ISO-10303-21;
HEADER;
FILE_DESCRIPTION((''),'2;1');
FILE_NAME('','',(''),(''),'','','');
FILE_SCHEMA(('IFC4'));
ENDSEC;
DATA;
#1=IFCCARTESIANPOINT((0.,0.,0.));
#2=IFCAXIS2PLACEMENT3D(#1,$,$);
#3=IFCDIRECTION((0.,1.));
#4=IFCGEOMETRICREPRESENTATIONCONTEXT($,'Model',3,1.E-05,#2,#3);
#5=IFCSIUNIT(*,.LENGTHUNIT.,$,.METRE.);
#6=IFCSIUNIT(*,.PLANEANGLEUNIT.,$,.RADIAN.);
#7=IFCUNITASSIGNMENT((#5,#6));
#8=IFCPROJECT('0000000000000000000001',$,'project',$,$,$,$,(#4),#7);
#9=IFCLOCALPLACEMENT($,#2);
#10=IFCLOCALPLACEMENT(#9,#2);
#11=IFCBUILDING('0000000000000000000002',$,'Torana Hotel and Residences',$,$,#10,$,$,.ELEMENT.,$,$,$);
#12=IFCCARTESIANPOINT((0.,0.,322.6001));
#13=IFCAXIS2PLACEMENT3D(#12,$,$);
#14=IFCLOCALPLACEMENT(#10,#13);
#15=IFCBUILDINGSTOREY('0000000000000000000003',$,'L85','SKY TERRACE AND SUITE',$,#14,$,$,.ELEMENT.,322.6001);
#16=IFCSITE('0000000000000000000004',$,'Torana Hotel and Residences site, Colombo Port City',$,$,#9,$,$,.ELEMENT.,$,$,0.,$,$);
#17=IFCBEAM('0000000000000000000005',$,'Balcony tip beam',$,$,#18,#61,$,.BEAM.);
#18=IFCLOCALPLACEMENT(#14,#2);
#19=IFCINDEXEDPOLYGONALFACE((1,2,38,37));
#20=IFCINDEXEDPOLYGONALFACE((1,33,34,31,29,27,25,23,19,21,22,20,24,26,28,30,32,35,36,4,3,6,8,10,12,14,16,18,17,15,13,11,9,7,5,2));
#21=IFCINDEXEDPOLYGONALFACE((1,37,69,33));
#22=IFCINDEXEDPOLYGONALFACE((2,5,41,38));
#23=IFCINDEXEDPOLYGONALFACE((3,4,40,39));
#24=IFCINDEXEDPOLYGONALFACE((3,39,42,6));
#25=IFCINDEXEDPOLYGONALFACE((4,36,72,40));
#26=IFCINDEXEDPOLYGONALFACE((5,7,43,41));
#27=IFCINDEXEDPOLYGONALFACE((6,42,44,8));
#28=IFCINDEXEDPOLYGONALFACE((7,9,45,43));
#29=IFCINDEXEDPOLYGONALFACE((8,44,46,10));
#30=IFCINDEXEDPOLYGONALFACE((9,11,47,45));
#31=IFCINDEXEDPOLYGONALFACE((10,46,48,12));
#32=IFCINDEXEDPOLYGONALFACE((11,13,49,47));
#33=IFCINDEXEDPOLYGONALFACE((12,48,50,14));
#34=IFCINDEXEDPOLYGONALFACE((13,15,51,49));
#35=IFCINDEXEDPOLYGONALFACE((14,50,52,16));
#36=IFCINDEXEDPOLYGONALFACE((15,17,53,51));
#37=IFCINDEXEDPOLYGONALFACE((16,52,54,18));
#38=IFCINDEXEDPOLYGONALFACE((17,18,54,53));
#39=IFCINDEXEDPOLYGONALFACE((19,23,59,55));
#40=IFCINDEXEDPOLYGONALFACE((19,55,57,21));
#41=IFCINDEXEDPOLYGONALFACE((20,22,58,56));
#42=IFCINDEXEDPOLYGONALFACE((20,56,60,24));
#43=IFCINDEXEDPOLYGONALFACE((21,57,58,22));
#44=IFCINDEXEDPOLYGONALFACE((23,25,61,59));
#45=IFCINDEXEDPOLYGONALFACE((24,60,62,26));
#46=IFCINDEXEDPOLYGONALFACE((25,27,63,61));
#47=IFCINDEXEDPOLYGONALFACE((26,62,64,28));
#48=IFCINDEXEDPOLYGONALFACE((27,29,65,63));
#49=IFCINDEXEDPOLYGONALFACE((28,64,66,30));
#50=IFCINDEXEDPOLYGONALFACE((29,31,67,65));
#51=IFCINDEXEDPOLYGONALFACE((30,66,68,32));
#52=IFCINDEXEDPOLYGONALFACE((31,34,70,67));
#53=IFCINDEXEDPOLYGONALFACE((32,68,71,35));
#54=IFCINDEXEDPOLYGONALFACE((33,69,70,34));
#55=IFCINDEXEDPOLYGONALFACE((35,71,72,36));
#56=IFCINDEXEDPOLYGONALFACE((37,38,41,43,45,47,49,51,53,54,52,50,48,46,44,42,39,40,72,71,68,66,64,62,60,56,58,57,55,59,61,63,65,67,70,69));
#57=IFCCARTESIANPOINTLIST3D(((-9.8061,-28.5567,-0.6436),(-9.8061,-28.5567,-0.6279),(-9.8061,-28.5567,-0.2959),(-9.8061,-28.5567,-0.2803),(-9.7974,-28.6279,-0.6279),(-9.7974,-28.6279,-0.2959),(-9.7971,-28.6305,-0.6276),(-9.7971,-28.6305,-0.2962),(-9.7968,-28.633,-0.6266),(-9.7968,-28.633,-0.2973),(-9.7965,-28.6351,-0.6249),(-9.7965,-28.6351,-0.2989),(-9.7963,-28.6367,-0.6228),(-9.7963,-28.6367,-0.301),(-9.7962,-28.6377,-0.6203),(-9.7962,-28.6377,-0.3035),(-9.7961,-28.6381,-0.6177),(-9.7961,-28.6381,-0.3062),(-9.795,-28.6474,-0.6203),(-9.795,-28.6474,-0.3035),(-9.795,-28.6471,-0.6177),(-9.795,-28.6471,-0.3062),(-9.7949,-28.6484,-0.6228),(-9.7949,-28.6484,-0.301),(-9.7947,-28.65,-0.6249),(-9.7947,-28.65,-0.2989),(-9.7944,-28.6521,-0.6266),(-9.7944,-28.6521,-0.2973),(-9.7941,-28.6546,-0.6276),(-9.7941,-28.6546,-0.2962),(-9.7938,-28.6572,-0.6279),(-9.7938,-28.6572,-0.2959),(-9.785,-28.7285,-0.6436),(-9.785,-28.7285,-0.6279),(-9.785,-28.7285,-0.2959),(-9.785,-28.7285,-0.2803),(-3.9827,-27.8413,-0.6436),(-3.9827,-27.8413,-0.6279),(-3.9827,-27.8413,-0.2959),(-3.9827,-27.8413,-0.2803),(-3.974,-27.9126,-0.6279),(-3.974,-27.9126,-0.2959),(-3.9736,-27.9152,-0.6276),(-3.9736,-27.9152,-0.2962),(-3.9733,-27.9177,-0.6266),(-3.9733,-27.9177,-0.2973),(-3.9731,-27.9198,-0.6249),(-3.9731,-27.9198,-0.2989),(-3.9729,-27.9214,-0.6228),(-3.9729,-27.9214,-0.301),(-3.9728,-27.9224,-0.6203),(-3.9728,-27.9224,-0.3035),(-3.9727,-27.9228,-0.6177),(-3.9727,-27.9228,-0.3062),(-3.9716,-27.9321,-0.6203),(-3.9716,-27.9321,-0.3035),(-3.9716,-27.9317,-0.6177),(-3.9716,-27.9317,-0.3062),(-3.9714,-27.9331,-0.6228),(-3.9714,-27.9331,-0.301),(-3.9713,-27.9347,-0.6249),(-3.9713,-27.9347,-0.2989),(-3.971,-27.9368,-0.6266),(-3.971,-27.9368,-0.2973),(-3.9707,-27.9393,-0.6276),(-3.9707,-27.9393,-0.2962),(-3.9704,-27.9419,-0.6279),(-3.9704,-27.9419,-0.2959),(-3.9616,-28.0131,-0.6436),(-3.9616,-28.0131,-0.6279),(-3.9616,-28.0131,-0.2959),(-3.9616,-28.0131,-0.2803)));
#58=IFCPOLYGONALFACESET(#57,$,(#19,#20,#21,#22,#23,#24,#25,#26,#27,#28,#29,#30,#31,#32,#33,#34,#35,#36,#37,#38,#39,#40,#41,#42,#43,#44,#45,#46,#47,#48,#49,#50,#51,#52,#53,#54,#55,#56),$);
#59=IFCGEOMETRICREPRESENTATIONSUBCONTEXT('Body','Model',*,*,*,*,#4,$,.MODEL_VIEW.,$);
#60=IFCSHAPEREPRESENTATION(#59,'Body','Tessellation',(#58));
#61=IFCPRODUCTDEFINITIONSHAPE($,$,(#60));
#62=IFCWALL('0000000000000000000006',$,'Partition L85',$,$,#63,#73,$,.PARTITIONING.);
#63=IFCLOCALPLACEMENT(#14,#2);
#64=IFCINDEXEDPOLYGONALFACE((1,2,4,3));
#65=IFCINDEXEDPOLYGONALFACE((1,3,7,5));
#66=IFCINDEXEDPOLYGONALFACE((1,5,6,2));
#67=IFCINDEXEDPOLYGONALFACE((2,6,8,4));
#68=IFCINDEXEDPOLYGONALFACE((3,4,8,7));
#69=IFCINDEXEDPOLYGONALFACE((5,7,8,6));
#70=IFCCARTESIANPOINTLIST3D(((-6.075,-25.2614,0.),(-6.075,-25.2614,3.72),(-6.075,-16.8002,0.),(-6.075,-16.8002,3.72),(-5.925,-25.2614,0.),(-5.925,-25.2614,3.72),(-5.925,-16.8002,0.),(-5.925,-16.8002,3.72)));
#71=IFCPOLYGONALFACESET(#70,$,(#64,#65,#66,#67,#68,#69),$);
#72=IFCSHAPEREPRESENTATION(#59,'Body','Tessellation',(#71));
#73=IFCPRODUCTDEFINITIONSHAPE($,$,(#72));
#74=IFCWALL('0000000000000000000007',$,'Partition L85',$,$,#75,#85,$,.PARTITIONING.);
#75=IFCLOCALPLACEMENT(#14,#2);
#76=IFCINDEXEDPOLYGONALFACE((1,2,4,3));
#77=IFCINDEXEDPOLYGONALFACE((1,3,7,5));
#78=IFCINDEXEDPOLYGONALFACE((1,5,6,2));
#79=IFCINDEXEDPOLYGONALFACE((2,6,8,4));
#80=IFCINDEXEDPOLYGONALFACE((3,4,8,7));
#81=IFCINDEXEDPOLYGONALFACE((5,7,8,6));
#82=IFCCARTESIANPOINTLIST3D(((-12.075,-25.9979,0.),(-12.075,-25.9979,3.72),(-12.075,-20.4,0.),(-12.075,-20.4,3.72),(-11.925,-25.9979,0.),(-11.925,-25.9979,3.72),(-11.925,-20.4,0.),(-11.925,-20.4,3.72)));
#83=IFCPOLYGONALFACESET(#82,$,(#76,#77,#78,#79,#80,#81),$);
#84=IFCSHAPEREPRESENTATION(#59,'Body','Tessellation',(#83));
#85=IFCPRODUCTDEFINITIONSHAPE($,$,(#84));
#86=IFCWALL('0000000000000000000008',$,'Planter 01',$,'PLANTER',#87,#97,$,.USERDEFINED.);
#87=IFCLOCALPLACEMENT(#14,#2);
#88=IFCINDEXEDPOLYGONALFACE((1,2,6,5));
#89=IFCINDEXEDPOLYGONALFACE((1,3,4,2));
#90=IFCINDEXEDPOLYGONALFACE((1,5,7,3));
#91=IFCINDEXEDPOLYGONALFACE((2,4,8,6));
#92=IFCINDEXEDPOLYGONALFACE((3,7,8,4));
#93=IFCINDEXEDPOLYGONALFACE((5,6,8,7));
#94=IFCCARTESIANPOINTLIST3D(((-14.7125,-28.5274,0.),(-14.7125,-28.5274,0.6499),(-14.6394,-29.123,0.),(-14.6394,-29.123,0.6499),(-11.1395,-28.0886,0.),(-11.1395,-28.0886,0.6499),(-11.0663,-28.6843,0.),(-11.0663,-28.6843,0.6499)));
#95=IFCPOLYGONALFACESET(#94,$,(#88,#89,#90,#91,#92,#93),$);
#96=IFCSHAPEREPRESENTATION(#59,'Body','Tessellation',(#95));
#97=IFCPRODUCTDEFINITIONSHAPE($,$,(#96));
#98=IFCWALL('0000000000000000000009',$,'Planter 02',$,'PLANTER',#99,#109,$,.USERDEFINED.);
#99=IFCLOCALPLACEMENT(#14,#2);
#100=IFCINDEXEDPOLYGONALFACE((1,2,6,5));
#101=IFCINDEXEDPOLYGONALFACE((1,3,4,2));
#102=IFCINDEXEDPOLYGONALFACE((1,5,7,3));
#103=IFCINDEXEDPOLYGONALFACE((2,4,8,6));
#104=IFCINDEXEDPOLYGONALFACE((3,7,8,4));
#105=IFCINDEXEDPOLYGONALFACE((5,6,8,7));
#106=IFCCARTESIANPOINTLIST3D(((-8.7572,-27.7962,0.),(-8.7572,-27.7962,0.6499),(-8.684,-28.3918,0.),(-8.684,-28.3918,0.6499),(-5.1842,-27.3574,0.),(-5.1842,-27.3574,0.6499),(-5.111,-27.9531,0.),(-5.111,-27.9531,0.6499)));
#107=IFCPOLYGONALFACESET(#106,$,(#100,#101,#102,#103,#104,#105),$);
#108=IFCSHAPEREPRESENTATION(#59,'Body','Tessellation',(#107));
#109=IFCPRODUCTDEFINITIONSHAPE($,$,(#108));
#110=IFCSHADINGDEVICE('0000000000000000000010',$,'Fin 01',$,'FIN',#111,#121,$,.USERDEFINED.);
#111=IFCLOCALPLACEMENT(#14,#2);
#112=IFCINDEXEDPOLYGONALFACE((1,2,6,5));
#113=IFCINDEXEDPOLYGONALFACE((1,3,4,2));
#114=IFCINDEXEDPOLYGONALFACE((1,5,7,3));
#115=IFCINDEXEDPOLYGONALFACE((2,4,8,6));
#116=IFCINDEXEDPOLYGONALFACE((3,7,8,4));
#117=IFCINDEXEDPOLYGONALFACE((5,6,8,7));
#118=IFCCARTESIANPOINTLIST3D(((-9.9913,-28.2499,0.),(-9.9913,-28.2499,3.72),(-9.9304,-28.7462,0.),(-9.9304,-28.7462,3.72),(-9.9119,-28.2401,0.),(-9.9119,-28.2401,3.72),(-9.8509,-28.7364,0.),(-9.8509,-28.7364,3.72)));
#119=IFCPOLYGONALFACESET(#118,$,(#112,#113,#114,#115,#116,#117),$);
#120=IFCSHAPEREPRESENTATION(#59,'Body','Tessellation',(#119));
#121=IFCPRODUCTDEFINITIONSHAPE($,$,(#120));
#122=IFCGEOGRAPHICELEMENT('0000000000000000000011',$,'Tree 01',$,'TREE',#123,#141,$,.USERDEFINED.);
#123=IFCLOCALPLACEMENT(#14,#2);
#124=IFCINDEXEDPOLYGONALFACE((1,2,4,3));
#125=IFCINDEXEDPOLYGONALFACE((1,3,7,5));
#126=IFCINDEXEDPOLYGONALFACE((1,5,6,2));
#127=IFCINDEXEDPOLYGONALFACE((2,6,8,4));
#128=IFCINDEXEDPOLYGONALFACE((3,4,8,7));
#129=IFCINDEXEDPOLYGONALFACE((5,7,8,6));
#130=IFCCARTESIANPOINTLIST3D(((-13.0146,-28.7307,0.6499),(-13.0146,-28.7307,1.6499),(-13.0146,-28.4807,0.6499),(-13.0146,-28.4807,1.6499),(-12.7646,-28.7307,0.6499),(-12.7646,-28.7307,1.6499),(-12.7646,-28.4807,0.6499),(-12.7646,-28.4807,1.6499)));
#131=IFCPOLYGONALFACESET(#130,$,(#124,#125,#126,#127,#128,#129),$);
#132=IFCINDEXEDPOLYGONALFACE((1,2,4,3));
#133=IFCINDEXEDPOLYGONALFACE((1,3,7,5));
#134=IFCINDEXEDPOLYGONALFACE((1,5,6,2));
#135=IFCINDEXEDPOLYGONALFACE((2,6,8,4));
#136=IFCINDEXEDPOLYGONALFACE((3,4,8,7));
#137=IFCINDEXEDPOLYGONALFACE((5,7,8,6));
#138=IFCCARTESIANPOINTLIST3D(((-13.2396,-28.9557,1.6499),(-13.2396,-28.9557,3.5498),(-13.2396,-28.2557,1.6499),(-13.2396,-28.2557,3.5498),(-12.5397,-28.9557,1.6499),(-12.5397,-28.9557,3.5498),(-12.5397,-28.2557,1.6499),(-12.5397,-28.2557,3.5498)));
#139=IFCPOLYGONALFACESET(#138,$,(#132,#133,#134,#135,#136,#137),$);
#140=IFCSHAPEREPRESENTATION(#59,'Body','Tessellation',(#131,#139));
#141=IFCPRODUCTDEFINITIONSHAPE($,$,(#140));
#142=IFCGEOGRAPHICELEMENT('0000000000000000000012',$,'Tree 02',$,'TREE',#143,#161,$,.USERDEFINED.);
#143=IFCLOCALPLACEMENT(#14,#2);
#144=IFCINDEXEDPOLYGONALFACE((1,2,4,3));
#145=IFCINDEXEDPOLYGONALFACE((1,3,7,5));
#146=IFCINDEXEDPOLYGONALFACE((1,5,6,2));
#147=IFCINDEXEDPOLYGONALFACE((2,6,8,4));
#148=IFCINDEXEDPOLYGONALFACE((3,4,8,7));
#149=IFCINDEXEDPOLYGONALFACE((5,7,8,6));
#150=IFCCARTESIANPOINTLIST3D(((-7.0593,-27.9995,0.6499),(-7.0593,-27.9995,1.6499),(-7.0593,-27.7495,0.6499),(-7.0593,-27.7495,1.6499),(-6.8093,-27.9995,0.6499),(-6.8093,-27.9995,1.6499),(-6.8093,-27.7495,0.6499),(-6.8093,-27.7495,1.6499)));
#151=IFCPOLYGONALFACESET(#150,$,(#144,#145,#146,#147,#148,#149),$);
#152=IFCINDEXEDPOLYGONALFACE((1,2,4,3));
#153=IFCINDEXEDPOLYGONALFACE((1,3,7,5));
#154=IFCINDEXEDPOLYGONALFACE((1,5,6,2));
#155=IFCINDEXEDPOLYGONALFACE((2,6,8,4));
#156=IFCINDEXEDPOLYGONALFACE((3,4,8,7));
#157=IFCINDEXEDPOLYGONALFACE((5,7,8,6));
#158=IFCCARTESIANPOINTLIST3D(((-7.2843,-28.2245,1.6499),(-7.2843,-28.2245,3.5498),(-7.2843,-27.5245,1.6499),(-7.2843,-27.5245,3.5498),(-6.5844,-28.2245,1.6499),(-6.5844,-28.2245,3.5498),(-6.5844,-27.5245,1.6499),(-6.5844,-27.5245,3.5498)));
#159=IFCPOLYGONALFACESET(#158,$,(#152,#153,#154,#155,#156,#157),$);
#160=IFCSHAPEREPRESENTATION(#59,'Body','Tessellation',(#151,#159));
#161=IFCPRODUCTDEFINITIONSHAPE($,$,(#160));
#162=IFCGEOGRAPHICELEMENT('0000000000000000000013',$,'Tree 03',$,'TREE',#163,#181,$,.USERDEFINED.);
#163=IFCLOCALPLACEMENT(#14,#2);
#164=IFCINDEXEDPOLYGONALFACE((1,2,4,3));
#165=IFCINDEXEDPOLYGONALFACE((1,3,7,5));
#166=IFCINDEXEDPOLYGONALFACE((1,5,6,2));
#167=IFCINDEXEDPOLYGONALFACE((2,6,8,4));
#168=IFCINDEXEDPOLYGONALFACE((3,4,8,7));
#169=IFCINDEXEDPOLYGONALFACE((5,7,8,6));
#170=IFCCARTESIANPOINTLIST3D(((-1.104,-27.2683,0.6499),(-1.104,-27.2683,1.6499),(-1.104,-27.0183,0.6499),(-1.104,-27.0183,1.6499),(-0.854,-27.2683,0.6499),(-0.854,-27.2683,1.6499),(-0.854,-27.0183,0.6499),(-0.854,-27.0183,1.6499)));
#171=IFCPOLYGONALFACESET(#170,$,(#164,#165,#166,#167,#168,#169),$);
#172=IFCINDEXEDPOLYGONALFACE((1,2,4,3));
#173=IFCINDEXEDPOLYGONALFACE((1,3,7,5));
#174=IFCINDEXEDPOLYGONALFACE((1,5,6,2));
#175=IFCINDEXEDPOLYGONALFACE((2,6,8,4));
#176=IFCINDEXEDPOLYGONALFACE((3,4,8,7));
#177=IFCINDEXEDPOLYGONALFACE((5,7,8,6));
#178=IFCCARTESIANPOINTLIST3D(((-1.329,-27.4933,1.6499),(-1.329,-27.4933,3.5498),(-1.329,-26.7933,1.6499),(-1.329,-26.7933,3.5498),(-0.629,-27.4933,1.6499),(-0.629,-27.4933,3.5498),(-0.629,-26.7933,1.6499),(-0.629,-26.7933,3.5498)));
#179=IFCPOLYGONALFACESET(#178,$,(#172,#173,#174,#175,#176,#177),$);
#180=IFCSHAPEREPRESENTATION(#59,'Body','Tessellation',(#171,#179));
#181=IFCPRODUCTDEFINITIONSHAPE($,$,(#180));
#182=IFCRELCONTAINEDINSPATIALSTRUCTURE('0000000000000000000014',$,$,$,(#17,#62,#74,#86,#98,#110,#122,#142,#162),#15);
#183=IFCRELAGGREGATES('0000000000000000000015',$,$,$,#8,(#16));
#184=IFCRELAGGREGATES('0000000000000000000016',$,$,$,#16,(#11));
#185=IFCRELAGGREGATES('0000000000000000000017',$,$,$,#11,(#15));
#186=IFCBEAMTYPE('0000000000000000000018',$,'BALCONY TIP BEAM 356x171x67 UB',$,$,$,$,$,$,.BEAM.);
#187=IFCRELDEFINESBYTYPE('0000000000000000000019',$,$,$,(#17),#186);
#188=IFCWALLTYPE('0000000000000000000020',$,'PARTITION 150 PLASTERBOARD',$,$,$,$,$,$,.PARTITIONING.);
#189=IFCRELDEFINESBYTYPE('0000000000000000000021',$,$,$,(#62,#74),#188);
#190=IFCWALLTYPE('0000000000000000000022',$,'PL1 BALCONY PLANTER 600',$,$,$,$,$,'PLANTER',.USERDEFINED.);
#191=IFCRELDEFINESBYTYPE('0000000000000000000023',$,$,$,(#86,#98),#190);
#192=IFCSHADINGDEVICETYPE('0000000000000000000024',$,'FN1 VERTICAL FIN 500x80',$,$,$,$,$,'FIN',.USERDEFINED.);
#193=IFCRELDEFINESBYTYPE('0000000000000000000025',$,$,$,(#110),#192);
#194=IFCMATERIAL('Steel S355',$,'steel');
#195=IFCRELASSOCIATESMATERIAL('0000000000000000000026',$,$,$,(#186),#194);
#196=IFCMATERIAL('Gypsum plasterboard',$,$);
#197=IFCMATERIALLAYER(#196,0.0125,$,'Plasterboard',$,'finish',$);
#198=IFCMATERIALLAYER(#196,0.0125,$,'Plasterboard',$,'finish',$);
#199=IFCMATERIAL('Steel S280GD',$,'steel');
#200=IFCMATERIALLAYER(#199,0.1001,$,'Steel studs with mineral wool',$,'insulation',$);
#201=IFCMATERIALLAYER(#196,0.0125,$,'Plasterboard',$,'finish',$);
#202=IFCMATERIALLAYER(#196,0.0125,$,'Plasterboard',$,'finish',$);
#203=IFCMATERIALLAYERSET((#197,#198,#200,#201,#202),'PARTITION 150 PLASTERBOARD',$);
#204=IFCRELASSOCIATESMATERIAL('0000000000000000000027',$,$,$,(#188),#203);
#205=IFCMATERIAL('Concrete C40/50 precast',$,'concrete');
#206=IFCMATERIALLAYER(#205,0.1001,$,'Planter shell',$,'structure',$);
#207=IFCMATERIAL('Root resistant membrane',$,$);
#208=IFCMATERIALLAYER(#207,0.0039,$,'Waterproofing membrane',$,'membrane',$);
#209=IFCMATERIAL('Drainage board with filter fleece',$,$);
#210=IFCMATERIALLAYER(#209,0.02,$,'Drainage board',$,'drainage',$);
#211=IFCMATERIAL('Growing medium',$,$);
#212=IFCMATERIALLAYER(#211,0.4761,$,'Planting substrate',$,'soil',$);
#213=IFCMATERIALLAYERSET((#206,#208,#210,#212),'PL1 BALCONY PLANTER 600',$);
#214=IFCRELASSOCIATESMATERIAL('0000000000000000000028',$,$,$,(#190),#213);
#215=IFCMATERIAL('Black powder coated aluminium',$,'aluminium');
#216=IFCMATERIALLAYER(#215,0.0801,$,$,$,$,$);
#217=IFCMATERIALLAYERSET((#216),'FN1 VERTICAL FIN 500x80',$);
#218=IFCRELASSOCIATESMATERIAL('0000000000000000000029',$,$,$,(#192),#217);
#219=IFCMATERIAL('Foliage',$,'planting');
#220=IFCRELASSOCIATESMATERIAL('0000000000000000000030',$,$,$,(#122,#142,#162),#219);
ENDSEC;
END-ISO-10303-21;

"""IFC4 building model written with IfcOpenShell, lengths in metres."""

from ifc_helpers import new_model, si_unit, direction, frame, frame_2d, origin, origin_2d, place, context, subcontext, project, spatial, rectangle, i_section, extrude, material, layer, layer_set, material_profile, profile_set, type_object, element, save


model = new_model("IFC4")

# Units and contexts
model_context = context("Model", 3, precision=1e-05, world=origin(), true_north=direction((0.0, 1.0)))
body_context = subcontext(model_context, "Body", "Model", "MODEL_VIEW")
ifc_project = project(units=[si_unit("LENGTHUNIT", "METRE"), si_unit("PLANEANGLEUNIT", "RADIAN")], contexts=[model_context])

# Site, building, storey
site_placement = place(None, origin())
site = spatial("IfcSite", under=ifc_project, at=site_placement, Name="Torana Hotel and Residences site, Colombo Port City", CompositionType="ELEMENT", RefElevation=0.0)
building_placement = place(site_placement, origin())
building = spatial("IfcBuilding", under=site, at=building_placement, Name="Torana Hotel and Residences", CompositionType="ELEMENT")
storey_placement = place(building_placement, frame((0.0, 0.0, 322.6001)))
storey = spatial("IfcBuildingStorey", under=building, at=storey_placement, Name="L85", Description="SKY TERRACE AND SUITE", CompositionType="ELEMENT", Elevation=322.6001)

# Beam
ifc_material_1 = material(Name="Steel S355", Category="steel")
ifc_material_profile_1 = material_profile(ifc_material_1, i_section(OverallWidth=0.1731, OverallDepth=0.3633, WebThickness=0.009, FlangeThickness=0.0156, FilletRadius=0.0103, at=origin_2d()), Name="356x171x67 UB")
ifc_profile_set_1 = profile_set([ifc_material_profile_1], Name="Steel S355")
beam_type_1 = type_object("IfcBeamType", Name="BALCONY TIP BEAM 356x171x67 UB", PredefinedType="BEAM", material=ifc_profile_set_1)
for number, where, z_axis, x_axis, name in (
    (1, (-3.9722, -27.9272, -0.4619), (-0.99254, -0.121919, 0.0), (0.121919, -0.99254, 0.0), "Balcony tip beam"),
):
    element("IfcBeam", number, at=place(storey_placement, frame(where, z_axis=z_axis, x_axis=x_axis)), inside=storey, type_object=beam_type_1, Name=name, PredefinedType="BEAM", context=body_context, shape_type="SweptSolid", body=[
        extrude(i_section(OverallWidth=0.1731, OverallDepth=0.3633, WebThickness=0.009, FlangeThickness=0.0156, FilletRadius=0.0103, at=origin_2d()), origin(), (0.0, 0.0, 1.0), 5.8672),
    ])

# Walls
ifc_material_2 = material(Name="Gypsum plasterboard")
ifc_layer_1 = layer(ifc_material_2, 0.0125, Name="Plasterboard", Category="finish")
ifc_layer_2 = layer(ifc_material_2, 0.0125, Name="Plasterboard", Category="finish")
ifc_material_3 = material(Name="Steel S280GD", Category="steel")
ifc_layer_3 = layer(ifc_material_3, 0.1001, Name="Steel studs with mineral wool", Category="insulation")
ifc_layer_4 = layer(ifc_material_2, 0.0125, Name="Plasterboard", Category="finish")
ifc_layer_5 = layer(ifc_material_2, 0.0125, Name="Plasterboard", Category="finish")
ifc_layer_set_1 = layer_set([ifc_layer_1, ifc_layer_2, ifc_layer_3, ifc_layer_4, ifc_layer_5], Name="PARTITION 150 PLASTERBOARD")
wall_type_1 = type_object("IfcWallType", Name="PARTITION 150 PLASTERBOARD", PredefinedType="PARTITIONING", material=ifc_layer_set_1)
wall_1_placement = place(storey_placement, frame((-6.0, -25.2612, 0.0), z_axis=(0.0, 0.0, 1.0), x_axis=(0.0, 1.0, 0.0)))
element("IfcWall", 2, at=wall_1_placement, inside=storey, type_object=wall_type_1, Name="Partition L85", PredefinedType="PARTITIONING", context=body_context, shape_type="SweptSolid", body=[
    extrude(rectangle(XDim=8.4612, YDim=0.1499, at=frame_2d((4.2305, 0.0))), origin(), (0.0, 0.0, 1.0), 3.72),
])
wall_2_placement = place(storey_placement, frame((-12.0, -25.9978, 0.0), z_axis=(0.0, 0.0, 1.0), x_axis=(0.0, 1.0, 0.0)))
element("IfcWall", 3, at=wall_2_placement, inside=storey, type_object=wall_type_1, Name="Partition L85", PredefinedType="PARTITIONING", context=body_context, shape_type="SweptSolid", body=[
    extrude(rectangle(XDim=5.5979, YDim=0.1499, at=frame_2d((2.7988, 0.0))), origin(), (0.0, 0.0, 1.0), 3.72),
])
ifc_material_4 = material(Name="Concrete C40/50 precast", Category="concrete")
ifc_layer_6 = layer(ifc_material_4, 0.1001, Name="Planter shell", Category="structure")
ifc_material_5 = material(Name="Root resistant membrane")
ifc_layer_7 = layer(ifc_material_5, 0.0039, Name="Waterproofing membrane", Category="membrane")
ifc_material_6 = material(Name="Drainage board with filter fleece")
ifc_layer_8 = layer(ifc_material_6, 0.02, Name="Drainage board", Category="drainage")
ifc_material_7 = material(Name="Growing medium")
ifc_layer_9 = layer(ifc_material_7, 0.4761, Name="Planting substrate", Category="soil")
ifc_layer_set_2 = layer_set([ifc_layer_6, ifc_layer_7, ifc_layer_8, ifc_layer_9], Name="PL1 BALCONY PLANTER 600")
wall_type_2 = type_object("IfcWallType", Name="PL1 BALCONY PLANTER 600", ElementType="PLANTER", PredefinedType="USERDEFINED", material=ifc_layer_set_2)
for number, where, z_axis, x_axis, name in (
    (4, (-11.103, -28.3865, 0.0), (0.0, 0.0, 1.0), (-0.992546, -0.121873, 0.0), "Planter 01"),
    (5, (-5.1477, -27.6553, 0.0), (0.0, 0.0, 1.0), (-0.992546, -0.121873, 0.0), "Planter 02"),
):
    element("IfcWall", number, at=place(storey_placement, frame(where, z_axis=z_axis, x_axis=x_axis)), inside=storey, type_object=wall_type_2, Name=name, ObjectType="PLANTER", PredefinedType="USERDEFINED", context=body_context, shape_type="SweptSolid", body=[
        extrude(rectangle(XDim=3.5999, YDim=0.6001, at=frame_2d((1.7998, 0.0))), origin(), (0.0, 0.0, 1.0), 0.6499),
    ])

# Shading device
ifc_material_8 = material(Name="Black powder coated aluminium", Category="aluminium")
ifc_layer_10 = layer(ifc_material_8, 0.0801)
ifc_layer_set_3 = layer_set([ifc_layer_10], Name="FN1 VERTICAL FIN 500x80")
shading_device_type = type_object("IfcShadingDeviceType", Name="FN1 VERTICAL FIN 500x80", ElementType="FIN", PredefinedType="USERDEFINED", material=ifc_layer_set_3)
shading_device_placement = place(storey_placement, frame((-9.9211, -28.4932, 0.0), z_axis=(0.0, 0.0, 1.0), x_axis=(-0.992547, -0.121866, 0.0)))
element("IfcShadingDevice", 6, at=shading_device_placement, inside=storey, type_object=shading_device_type, Name="Fin 01", ObjectType="FIN", PredefinedType="USERDEFINED", context=body_context, shape_type="SweptSolid", body=[
    extrude(rectangle(XDim=0.0801, YDim=0.5, at=origin_2d()), origin(), (0.0, 0.0, 1.0), 3.72),
])

# Geographic elements
ifc_material_9 = material(Name="Foliage", Category="planting")
for number, where, z_axis, x_axis, name in (
    (7, (-12.8896, -28.6057, 0.6499), (0.0, 0.0, 1.0), (1.0, 0.0, 0.0), "Tree 01"),
    (8, (-6.9343, -27.8745, 0.6499), (0.0, 0.0, 1.0), (1.0, 0.0, 0.0), "Tree 02"),
    (9, (-0.979, -27.1433, 0.6499), (0.0, 0.0, 1.0), (1.0, 0.0, 0.0), "Tree 03"),
):
    element("IfcGeographicElement", number, at=place(storey_placement, frame(where, z_axis=z_axis, x_axis=x_axis)), inside=storey, material=ifc_material_9, Name=name, ObjectType="TREE", PredefinedType="USERDEFINED", context=body_context, shape_type="SweptSolid", body=[
        extrude(rectangle(XDim=0.25, YDim=0.25, at=origin_2d()), origin(), (0.0, 0.0, 1.0), 1.0),
        extrude(rectangle(XDim=0.7, YDim=0.7, at=origin_2d()), frame((0.0, 0.0, 1.0)), (0.0, 0.0, 1.0), 1.8999),
    ])

save(model, "model.ifc")
